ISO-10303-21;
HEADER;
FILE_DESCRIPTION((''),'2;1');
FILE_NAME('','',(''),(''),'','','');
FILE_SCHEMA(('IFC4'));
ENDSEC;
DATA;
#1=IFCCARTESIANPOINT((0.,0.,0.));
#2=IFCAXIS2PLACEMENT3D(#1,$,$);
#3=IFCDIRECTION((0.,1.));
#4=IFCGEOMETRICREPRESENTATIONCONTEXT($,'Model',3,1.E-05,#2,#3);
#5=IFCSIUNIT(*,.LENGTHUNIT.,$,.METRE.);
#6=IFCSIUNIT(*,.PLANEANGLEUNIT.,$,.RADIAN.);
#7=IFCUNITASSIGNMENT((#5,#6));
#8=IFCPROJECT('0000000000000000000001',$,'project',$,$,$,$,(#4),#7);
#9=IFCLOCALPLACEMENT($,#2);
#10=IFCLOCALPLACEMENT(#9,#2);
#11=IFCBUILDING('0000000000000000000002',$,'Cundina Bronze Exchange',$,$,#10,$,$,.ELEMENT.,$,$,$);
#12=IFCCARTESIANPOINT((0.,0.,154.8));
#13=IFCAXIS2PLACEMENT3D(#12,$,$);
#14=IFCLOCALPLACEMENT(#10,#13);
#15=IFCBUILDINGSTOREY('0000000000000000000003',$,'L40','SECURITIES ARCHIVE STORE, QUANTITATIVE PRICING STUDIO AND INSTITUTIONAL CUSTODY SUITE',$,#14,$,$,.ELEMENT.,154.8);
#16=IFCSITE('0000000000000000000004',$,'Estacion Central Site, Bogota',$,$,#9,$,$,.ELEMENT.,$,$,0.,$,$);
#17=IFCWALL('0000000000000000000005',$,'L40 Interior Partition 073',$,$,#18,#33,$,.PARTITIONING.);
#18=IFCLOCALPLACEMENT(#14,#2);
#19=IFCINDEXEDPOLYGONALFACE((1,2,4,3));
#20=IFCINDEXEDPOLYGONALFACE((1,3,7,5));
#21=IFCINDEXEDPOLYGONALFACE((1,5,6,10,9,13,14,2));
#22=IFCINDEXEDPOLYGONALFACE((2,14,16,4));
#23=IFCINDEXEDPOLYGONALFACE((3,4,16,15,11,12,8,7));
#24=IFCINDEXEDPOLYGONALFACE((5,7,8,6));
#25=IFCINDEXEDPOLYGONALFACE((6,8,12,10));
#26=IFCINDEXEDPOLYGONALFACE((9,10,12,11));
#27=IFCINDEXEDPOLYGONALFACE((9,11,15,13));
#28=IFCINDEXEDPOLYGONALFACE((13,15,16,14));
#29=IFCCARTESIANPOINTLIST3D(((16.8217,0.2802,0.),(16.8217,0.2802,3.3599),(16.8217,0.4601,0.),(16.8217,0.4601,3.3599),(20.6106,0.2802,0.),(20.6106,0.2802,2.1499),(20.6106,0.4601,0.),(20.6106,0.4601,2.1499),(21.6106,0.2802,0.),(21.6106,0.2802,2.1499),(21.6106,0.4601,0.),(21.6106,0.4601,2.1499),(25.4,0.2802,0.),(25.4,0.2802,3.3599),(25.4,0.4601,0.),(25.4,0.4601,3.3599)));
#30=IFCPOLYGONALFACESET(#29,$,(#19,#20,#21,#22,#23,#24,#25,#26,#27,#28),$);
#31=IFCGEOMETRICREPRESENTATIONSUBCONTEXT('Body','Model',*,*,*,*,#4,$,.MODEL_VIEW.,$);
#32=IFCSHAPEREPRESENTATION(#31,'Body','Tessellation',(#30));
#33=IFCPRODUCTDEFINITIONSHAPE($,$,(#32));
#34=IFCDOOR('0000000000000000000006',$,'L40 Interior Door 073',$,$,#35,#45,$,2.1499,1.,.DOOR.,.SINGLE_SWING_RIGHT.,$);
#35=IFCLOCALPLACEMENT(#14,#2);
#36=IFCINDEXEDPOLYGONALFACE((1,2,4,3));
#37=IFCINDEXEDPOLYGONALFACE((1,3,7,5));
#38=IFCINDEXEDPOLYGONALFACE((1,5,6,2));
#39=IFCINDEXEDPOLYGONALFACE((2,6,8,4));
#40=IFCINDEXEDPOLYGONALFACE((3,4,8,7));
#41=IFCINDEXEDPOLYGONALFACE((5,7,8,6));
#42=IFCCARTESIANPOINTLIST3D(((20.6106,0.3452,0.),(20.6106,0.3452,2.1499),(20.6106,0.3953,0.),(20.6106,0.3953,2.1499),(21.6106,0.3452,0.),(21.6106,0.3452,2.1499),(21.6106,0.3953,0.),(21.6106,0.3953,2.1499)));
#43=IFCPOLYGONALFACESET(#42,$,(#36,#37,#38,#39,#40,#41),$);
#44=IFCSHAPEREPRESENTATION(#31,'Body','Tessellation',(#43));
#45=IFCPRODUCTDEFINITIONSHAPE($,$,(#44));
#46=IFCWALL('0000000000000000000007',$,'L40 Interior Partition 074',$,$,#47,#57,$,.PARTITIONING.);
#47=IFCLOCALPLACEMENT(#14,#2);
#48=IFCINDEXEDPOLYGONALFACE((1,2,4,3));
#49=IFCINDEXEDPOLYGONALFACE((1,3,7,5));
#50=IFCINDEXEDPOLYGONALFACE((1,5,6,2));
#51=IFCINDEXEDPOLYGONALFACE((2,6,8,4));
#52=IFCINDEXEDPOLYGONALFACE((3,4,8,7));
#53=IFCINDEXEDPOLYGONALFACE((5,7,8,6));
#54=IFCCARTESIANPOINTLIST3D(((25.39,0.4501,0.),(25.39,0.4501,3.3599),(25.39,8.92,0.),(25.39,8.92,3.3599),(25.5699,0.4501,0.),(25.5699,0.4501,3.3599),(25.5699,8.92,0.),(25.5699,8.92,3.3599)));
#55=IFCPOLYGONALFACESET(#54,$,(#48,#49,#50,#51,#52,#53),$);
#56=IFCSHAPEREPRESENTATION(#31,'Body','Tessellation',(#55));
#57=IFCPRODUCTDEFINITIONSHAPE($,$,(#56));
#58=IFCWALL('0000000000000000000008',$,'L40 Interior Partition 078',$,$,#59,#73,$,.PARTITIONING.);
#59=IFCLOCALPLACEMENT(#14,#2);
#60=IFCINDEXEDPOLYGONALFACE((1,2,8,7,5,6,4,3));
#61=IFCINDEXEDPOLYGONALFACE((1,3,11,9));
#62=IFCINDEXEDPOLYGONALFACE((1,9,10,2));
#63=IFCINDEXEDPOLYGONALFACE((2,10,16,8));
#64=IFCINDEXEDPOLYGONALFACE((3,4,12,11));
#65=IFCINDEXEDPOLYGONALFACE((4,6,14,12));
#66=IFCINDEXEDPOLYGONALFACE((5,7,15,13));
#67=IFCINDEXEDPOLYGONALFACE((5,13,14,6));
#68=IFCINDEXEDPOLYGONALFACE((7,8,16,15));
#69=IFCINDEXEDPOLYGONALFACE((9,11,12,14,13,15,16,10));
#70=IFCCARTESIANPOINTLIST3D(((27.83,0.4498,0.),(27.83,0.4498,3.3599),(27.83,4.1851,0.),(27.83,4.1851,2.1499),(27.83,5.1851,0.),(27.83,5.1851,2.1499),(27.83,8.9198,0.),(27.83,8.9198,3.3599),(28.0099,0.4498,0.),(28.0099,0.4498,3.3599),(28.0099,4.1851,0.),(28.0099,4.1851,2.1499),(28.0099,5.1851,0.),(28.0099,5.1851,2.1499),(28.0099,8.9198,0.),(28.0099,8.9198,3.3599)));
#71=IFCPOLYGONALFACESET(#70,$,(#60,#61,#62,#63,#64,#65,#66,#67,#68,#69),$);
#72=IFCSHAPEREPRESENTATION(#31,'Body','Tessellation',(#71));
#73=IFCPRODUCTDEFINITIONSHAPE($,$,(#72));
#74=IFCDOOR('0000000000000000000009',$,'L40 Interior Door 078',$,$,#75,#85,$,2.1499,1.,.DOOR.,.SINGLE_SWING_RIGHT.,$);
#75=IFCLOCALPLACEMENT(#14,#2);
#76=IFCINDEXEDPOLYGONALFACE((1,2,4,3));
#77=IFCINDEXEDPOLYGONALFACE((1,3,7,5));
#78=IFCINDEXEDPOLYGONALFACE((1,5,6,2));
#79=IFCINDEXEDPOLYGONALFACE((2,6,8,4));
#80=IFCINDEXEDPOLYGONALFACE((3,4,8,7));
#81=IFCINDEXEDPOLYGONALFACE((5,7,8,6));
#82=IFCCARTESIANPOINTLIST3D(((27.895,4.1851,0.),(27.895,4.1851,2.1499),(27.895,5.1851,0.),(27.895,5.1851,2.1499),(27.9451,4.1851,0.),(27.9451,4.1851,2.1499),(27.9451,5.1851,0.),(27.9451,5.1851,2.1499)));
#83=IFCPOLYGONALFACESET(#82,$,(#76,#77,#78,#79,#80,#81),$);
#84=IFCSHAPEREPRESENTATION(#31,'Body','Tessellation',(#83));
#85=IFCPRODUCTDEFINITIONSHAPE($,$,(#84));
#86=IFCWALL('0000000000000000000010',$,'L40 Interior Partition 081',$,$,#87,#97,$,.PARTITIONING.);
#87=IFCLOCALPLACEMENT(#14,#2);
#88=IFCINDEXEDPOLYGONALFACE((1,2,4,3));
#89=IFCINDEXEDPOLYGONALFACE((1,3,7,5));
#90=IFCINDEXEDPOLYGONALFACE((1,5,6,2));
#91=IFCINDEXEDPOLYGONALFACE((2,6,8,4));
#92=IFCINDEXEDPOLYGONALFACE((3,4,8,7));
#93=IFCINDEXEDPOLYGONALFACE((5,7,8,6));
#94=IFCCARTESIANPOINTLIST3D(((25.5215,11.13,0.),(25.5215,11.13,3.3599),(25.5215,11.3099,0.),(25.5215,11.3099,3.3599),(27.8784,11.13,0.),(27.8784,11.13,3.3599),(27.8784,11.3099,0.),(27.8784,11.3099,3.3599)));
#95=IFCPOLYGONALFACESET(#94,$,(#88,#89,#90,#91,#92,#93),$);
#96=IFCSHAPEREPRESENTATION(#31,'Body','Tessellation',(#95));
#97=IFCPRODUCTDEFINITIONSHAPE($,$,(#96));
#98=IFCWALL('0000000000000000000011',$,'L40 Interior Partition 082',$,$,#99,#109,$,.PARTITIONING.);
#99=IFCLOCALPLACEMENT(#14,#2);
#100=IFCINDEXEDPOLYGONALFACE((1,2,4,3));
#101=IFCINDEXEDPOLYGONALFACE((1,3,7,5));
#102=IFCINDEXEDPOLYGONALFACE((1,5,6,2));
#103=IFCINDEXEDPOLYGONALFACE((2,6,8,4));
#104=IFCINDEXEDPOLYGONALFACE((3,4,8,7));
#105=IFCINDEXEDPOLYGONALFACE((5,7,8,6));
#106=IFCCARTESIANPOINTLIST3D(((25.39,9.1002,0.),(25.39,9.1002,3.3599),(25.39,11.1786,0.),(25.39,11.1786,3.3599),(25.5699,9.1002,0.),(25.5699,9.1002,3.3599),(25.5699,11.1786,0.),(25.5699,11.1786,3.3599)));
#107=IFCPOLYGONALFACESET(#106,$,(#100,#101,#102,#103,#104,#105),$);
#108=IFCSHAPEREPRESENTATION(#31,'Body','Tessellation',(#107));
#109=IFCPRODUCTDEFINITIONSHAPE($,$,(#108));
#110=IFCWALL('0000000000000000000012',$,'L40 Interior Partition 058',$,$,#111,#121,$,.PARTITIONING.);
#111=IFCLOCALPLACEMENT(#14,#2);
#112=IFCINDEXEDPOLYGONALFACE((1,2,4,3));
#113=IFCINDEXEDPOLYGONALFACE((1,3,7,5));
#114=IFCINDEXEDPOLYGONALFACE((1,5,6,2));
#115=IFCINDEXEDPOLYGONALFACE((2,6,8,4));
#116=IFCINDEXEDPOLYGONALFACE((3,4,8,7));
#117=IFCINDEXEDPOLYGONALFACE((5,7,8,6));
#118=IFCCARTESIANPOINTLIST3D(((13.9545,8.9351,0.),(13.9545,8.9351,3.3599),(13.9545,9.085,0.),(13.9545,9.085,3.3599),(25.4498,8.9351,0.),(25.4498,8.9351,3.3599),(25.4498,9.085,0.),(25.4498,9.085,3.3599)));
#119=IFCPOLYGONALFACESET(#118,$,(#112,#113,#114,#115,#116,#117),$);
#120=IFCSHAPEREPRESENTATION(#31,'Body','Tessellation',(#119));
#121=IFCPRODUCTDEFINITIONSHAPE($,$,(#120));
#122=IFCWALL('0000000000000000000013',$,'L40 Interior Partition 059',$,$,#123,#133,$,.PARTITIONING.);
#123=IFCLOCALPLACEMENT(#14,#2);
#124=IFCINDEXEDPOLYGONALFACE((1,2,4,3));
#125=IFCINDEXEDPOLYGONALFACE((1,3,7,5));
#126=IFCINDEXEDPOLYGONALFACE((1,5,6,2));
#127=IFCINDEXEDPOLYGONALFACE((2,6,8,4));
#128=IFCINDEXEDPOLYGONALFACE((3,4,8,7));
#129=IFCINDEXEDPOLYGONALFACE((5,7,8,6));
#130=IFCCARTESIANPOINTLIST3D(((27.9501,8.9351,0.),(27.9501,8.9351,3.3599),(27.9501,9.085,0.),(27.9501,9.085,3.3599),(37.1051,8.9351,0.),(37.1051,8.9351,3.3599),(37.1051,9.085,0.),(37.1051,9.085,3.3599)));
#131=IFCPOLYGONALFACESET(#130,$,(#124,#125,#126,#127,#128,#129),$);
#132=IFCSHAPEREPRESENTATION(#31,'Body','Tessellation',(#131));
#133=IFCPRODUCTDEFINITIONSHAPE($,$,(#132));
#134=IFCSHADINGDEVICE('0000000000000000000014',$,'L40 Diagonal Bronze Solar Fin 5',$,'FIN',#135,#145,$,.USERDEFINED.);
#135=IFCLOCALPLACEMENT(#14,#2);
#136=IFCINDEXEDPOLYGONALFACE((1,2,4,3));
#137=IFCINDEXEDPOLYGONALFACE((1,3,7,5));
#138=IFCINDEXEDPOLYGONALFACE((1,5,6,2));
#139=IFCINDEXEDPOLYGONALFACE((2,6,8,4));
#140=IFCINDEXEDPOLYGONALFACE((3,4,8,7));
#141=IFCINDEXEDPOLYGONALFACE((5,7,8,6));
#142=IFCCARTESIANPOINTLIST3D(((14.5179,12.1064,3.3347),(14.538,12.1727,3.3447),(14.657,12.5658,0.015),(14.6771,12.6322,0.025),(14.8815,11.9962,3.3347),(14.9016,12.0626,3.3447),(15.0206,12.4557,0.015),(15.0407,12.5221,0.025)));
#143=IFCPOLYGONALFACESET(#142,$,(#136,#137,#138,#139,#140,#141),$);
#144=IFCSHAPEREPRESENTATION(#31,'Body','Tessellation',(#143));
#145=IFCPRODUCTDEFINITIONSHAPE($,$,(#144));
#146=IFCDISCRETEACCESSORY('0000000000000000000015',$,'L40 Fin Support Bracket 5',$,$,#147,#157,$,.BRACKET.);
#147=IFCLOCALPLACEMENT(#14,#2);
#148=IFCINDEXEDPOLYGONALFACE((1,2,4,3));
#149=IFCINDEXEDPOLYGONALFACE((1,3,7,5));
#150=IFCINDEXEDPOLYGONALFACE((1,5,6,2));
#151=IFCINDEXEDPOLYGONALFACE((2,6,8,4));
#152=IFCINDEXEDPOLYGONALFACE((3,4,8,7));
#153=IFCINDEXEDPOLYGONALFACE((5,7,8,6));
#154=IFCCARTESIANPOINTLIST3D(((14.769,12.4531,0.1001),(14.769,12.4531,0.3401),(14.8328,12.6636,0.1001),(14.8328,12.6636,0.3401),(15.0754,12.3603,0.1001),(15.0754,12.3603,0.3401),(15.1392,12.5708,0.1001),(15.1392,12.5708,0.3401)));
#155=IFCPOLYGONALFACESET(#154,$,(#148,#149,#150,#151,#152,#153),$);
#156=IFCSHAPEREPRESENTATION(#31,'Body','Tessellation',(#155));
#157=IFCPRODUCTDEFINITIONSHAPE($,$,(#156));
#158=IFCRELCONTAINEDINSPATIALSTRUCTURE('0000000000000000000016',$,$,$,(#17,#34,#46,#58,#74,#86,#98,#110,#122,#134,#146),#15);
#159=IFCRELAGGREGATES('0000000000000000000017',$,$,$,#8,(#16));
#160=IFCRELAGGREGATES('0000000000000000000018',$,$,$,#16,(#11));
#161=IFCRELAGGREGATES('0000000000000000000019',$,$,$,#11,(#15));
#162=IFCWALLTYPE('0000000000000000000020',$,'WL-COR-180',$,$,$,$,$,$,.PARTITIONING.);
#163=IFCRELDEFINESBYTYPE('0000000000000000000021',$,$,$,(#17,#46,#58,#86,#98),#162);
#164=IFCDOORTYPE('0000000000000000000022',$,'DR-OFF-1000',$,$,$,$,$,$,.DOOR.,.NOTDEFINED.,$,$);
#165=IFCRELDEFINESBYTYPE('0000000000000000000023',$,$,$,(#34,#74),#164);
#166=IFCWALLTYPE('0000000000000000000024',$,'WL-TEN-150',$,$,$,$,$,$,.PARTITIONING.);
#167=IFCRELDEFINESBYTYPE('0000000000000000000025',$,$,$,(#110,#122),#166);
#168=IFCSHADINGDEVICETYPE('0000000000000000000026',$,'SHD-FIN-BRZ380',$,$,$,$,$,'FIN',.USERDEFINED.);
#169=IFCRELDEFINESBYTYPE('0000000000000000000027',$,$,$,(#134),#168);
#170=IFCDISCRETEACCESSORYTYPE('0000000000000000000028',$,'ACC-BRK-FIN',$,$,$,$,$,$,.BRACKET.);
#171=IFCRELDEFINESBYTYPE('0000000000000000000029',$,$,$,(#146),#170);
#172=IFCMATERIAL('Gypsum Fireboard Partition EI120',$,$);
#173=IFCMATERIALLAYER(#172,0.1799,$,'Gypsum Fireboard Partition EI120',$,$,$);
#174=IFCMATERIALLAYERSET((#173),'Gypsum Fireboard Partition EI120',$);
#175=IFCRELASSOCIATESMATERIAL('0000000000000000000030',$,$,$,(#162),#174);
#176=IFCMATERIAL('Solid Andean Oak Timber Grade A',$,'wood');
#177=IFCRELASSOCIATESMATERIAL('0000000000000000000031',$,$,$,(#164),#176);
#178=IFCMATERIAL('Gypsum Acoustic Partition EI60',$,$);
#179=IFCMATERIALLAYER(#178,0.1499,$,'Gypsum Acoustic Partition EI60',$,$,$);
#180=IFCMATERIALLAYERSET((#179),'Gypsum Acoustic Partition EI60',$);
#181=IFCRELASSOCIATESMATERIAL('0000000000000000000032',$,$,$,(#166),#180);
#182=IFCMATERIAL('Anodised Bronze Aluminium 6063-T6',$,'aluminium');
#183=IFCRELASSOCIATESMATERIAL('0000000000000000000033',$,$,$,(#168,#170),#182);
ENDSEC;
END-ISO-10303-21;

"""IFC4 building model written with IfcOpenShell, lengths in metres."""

from ifc_helpers import new_model, si_unit, direction, frame, frame_2d, origin, origin_2d, place, context, subcontext, project, spatial, rectangle, extrude, material, layer, layer_set, material_profile, profile_set, type_object, element, fill, save


model = new_model("IFC4")

# Units and contexts
model_context = context("Model", 3, precision=1e-05, world=origin(), true_north=direction((0.0, 1.0)))
body_context = subcontext(model_context, "Body", "Model", "MODEL_VIEW")
ifc_project = project(units=[si_unit("LENGTHUNIT", "METRE"), si_unit("PLANEANGLEUNIT", "RADIAN")], contexts=[model_context])

# Site, building, storey
site_placement = place(None, origin())
site = spatial("IfcSite", under=ifc_project, at=site_placement, Name="Estacion Central Site, Bogota", CompositionType="ELEMENT", RefElevation=0.0)
building_placement = place(site_placement, origin())
building = spatial("IfcBuilding", under=site, at=building_placement, Name="Cundina Bronze Exchange", CompositionType="ELEMENT")
storey_placement = place(building_placement, frame((0.0, 0.0, 154.8)))
storey = spatial("IfcBuildingStorey", under=building, at=storey_placement, Name="L40", Description="SECURITIES ARCHIVE STORE, QUANTITATIVE PRICING STUDIO AND INSTITUTIONAL CUSTODY SUITE", CompositionType="ELEMENT", Elevation=154.8)

# Shared definitions
ifc_material_1 = material(Name="Anodised Bronze Aluminium 6063-T6", Category="aluminium")

# Wall, opening, door
ifc_material_2 = material(Name="Gypsum Fireboard Partition EI120")
ifc_layer_1 = layer(ifc_material_2, 0.1799, Name="Gypsum Fireboard Partition EI120")
ifc_layer_set_1 = layer_set([ifc_layer_1], Name="Gypsum Fireboard Partition EI120")
wall_type_1 = type_object("IfcWallType", Name="WL-COR-180", PredefinedType="PARTITIONING", material=ifc_layer_set_1)
wall_1_placement = place(storey_placement, frame((25.3999, 0.3701, 0.0), z_axis=(0.0, 0.0, 1.0), x_axis=(-1.0, 0.0, 0.0)))
wall_1 = element("IfcWall", 1, at=wall_1_placement, inside=storey, type_object=wall_type_1, Name="L40 Interior Partition 073", PredefinedType="PARTITIONING", context=body_context, shape_type="SweptSolid", body=[
    extrude(rectangle(XDim=8.5784, YDim=0.1799, at=frame_2d((4.2891, 0.0))), origin(), (0.0, 0.0, 1.0), 3.3599),
])
opening_1_placement = place(wall_1_placement, frame((3.7893, 0.0, 0.0)))
opening_1 = element("IfcOpeningElement", 2, at=opening_1_placement, cuts=wall_1, PredefinedType="OPENING", context=body_context, shape_type="SweptSolid", body=[
    extrude(rectangle(XDim=1.0, YDim=2.1499, at=frame_2d((0.5, 1.075))), frame((0.0, 0.0999, 0.0), z_axis=(0.0, -1.0, 0.0), x_axis=(1.0, 0.0, 0.0)), (0.0, 0.0, 1.0), 0.2),
])
ifc_material_3 = material(Name="Solid Andean Oak Timber Grade A", Category="wood")
door_type = type_object("IfcDoorType", Name="DR-OFF-1000", OperationType="NOTDEFINED", PredefinedType="DOOR", material=ifc_material_3)
door_1_placement = place(opening_1_placement, origin())
door_1 = element("IfcDoor", 3, at=door_1_placement, inside=storey, type_object=door_type, Name="L40 Interior Door 073", OperationType="SINGLE_SWING_RIGHT", OverallHeight=2.1499, OverallWidth=1.0, PredefinedType="DOOR", context=body_context, shape_type="SweptSolid", body=[
    extrude(rectangle(XDim=1.0, YDim=2.1499, at=frame_2d((0.5, 1.075))), frame((0.0, 0.0249, 0.0), z_axis=(0.0, -1.0, 0.0), x_axis=(1.0, 0.0, 0.0)), (0.0, 0.0, 1.0), 0.05),
])
fill(opening_1, door_1)

# Wall
wall_2_placement = place(storey_placement, frame((25.48, 8.9199, 0.0), z_axis=(0.0, 0.0, 1.0), x_axis=(0.0, -1.0, 0.0)))
element("IfcWall", 4, at=wall_2_placement, inside=storey, type_object=wall_type_1, Name="L40 Interior Partition 074", PredefinedType="PARTITIONING", context=body_context, shape_type="SweptSolid", body=[
    extrude(rectangle(XDim=8.47, YDim=0.1799, at=frame_2d((4.2349, 0.0))), origin(), (0.0, 0.0, 1.0), 3.3599),
])

# Wall, opening, door
wall_3_placement = place(storey_placement, frame((27.9199, 0.45, 0.0), z_axis=(0.0, 0.0, 1.0), x_axis=(0.0, 1.0, 0.0)))
wall_3 = element("IfcWall", 5, at=wall_3_placement, inside=storey, type_object=wall_type_1, Name="L40 Interior Partition 078", PredefinedType="PARTITIONING", context=body_context, shape_type="SweptSolid", body=[
    extrude(rectangle(XDim=8.47, YDim=0.1799, at=frame_2d((4.2349, 0.0))), origin(), (0.0, 0.0, 1.0), 3.3599),
])
opening_2_placement = place(wall_3_placement, frame((3.7351, 0.0, 0.0)))
opening_2 = element("IfcOpeningElement", 6, at=opening_2_placement, cuts=wall_3, PredefinedType="OPENING", context=body_context, shape_type="SweptSolid", body=[
    extrude(rectangle(XDim=1.0, YDim=2.1499, at=frame_2d((0.5, 1.075))), frame((0.0, 0.0999, 0.0), z_axis=(0.0, -1.0, 0.0), x_axis=(1.0, 0.0, 0.0)), (0.0, 0.0, 1.0), 0.2),
])
door_2_placement = place(opening_2_placement, origin())
door_2 = element("IfcDoor", 7, at=door_2_placement, inside=storey, type_object=door_type, Name="L40 Interior Door 078", OperationType="SINGLE_SWING_RIGHT", OverallHeight=2.1499, OverallWidth=1.0, PredefinedType="DOOR", context=body_context, shape_type="SweptSolid", body=[
    extrude(rectangle(XDim=1.0, YDim=2.1499, at=frame_2d((0.5, 1.075))), frame((0.0, 0.0249, 0.0), z_axis=(0.0, -1.0, 0.0), x_axis=(1.0, 0.0, 0.0)), (0.0, 0.0, 1.0), 0.05),
])
fill(opening_2, door_2)

# Walls
wall_4_placement = place(storey_placement, frame((27.8784, 11.22, 0.0), z_axis=(0.0, 0.0, 1.0), x_axis=(-1.0, 0.0, 0.0)))
element("IfcWall", 8, at=wall_4_placement, inside=storey, type_object=wall_type_1, Name="L40 Interior Partition 081", PredefinedType="PARTITIONING", context=body_context, shape_type="SweptSolid", body=[
    extrude(rectangle(XDim=2.3569, YDim=0.1799, at=frame_2d((1.1785, 0.0))), origin(), (0.0, 0.0, 1.0), 3.3599),
])
wall_5_placement = place(storey_placement, frame((25.48, 11.1785, 0.0), z_axis=(0.0, 0.0, 1.0), x_axis=(0.0, -1.0, 0.0)))
element("IfcWall", 9, at=wall_5_placement, inside=storey, type_object=wall_type_1, Name="L40 Interior Partition 082", PredefinedType="PARTITIONING", context=body_context, shape_type="SweptSolid", body=[
    extrude(rectangle(XDim=2.0784, YDim=0.1799, at=frame_2d((1.0391, 0.0))), origin(), (0.0, 0.0, 1.0), 3.3599),
])

# Walls
ifc_material_4 = material(Name="Gypsum Acoustic Partition EI60")
ifc_layer_2 = layer(ifc_material_4, 0.1499, Name="Gypsum Acoustic Partition EI60")
ifc_layer_set_2 = layer_set([ifc_layer_2], Name="Gypsum Acoustic Partition EI60")
wall_type_2 = type_object("IfcWallType", Name="WL-TEN-150", PredefinedType="PARTITIONING", material=ifc_layer_set_2)
wall_6_placement = place(storey_placement, frame((13.9546, 9.01, 0.0), z_axis=(0.0, 0.0, 1.0), x_axis=(1.0, 0.0, 0.0)))
element("IfcWall", 10, at=wall_6_placement, inside=storey, type_object=wall_type_2, Name="L40 Interior Partition 058", PredefinedType="PARTITIONING", context=body_context, shape_type="SweptSolid", body=[
    extrude(rectangle(XDim=11.4954, YDim=0.1499, at=frame_2d((5.7476, 0.0))), origin(), (0.0, 0.0, 1.0), 3.3599),
])
wall_7_placement = place(storey_placement, frame((27.95, 9.01, 0.0), z_axis=(0.0, 0.0, 1.0), x_axis=(1.0, 0.0, 0.0)))
element("IfcWall", 11, at=wall_7_placement, inside=storey, type_object=wall_type_2, Name="L40 Interior Partition 059", PredefinedType="PARTITIONING", context=body_context, shape_type="SweptSolid", body=[
    extrude(rectangle(XDim=9.155, YDim=0.1499, at=frame_2d((4.5776, 0.0))), origin(), (0.0, 0.0, 1.0), 3.3599),
])

# Shading device
ifc_material_profile_1 = material_profile(ifc_material_1, rectangle(XDim=0.0701, YDim=0.3799, at=origin_2d()), Name="FIN70X380", Category="aluminium")
ifc_profile_set_1 = profile_set([ifc_material_profile_1], Name="Anodised Bronze Aluminium 6063-T6")
shading_device_type = type_object("IfcShadingDeviceType", Name="SHD-FIN-BRZ380", ElementType="FIN", PredefinedType="USERDEFINED", material=ifc_profile_set_1)
shading_device_placement = place(storey_placement, frame((14.8489, 12.5439, 0.02), z_axis=(-0.041486, -0.136978, 0.989705), x_axis=(0.286882, 0.947214, 0.143123)))
element("IfcShadingDevice", 12, at=shading_device_placement, inside=storey, type_object=shading_device_type, Name="L40 Diagonal Bronze Solar Fin 5", ObjectType="FIN", PredefinedType="USERDEFINED", context=body_context, shape_type="SweptSolid", body=[
    extrude(rectangle(XDim=0.0701, YDim=0.3799, at=origin_2d()), origin(), (0.0, 0.0, 1.0), 3.3542),
])

# Discrete accessory
discrete_accessory_type = type_object("IfcDiscreteAccessoryType", Name="ACC-BRK-FIN", PredefinedType="BRACKET", material=ifc_material_1)
discrete_accessory_placement = place(storey_placement, frame((14.9541, 12.512, 0.1001), z_axis=(0.0, 0.0, 1.0), x_axis=(-0.290051, -0.957011, 0.0)))
element("IfcDiscreteAccessory", 13, at=discrete_accessory_placement, inside=storey, type_object=discrete_accessory_type, Name="L40 Fin Support Bracket 5", PredefinedType="BRACKET", context=body_context, shape_type="SweptSolid", body=[
    extrude(rectangle(XDim=0.22, YDim=0.3201, at=origin_2d()), origin(), (0.0, 0.0, 1.0), 0.24),
])

save(model, "model.ifc")
